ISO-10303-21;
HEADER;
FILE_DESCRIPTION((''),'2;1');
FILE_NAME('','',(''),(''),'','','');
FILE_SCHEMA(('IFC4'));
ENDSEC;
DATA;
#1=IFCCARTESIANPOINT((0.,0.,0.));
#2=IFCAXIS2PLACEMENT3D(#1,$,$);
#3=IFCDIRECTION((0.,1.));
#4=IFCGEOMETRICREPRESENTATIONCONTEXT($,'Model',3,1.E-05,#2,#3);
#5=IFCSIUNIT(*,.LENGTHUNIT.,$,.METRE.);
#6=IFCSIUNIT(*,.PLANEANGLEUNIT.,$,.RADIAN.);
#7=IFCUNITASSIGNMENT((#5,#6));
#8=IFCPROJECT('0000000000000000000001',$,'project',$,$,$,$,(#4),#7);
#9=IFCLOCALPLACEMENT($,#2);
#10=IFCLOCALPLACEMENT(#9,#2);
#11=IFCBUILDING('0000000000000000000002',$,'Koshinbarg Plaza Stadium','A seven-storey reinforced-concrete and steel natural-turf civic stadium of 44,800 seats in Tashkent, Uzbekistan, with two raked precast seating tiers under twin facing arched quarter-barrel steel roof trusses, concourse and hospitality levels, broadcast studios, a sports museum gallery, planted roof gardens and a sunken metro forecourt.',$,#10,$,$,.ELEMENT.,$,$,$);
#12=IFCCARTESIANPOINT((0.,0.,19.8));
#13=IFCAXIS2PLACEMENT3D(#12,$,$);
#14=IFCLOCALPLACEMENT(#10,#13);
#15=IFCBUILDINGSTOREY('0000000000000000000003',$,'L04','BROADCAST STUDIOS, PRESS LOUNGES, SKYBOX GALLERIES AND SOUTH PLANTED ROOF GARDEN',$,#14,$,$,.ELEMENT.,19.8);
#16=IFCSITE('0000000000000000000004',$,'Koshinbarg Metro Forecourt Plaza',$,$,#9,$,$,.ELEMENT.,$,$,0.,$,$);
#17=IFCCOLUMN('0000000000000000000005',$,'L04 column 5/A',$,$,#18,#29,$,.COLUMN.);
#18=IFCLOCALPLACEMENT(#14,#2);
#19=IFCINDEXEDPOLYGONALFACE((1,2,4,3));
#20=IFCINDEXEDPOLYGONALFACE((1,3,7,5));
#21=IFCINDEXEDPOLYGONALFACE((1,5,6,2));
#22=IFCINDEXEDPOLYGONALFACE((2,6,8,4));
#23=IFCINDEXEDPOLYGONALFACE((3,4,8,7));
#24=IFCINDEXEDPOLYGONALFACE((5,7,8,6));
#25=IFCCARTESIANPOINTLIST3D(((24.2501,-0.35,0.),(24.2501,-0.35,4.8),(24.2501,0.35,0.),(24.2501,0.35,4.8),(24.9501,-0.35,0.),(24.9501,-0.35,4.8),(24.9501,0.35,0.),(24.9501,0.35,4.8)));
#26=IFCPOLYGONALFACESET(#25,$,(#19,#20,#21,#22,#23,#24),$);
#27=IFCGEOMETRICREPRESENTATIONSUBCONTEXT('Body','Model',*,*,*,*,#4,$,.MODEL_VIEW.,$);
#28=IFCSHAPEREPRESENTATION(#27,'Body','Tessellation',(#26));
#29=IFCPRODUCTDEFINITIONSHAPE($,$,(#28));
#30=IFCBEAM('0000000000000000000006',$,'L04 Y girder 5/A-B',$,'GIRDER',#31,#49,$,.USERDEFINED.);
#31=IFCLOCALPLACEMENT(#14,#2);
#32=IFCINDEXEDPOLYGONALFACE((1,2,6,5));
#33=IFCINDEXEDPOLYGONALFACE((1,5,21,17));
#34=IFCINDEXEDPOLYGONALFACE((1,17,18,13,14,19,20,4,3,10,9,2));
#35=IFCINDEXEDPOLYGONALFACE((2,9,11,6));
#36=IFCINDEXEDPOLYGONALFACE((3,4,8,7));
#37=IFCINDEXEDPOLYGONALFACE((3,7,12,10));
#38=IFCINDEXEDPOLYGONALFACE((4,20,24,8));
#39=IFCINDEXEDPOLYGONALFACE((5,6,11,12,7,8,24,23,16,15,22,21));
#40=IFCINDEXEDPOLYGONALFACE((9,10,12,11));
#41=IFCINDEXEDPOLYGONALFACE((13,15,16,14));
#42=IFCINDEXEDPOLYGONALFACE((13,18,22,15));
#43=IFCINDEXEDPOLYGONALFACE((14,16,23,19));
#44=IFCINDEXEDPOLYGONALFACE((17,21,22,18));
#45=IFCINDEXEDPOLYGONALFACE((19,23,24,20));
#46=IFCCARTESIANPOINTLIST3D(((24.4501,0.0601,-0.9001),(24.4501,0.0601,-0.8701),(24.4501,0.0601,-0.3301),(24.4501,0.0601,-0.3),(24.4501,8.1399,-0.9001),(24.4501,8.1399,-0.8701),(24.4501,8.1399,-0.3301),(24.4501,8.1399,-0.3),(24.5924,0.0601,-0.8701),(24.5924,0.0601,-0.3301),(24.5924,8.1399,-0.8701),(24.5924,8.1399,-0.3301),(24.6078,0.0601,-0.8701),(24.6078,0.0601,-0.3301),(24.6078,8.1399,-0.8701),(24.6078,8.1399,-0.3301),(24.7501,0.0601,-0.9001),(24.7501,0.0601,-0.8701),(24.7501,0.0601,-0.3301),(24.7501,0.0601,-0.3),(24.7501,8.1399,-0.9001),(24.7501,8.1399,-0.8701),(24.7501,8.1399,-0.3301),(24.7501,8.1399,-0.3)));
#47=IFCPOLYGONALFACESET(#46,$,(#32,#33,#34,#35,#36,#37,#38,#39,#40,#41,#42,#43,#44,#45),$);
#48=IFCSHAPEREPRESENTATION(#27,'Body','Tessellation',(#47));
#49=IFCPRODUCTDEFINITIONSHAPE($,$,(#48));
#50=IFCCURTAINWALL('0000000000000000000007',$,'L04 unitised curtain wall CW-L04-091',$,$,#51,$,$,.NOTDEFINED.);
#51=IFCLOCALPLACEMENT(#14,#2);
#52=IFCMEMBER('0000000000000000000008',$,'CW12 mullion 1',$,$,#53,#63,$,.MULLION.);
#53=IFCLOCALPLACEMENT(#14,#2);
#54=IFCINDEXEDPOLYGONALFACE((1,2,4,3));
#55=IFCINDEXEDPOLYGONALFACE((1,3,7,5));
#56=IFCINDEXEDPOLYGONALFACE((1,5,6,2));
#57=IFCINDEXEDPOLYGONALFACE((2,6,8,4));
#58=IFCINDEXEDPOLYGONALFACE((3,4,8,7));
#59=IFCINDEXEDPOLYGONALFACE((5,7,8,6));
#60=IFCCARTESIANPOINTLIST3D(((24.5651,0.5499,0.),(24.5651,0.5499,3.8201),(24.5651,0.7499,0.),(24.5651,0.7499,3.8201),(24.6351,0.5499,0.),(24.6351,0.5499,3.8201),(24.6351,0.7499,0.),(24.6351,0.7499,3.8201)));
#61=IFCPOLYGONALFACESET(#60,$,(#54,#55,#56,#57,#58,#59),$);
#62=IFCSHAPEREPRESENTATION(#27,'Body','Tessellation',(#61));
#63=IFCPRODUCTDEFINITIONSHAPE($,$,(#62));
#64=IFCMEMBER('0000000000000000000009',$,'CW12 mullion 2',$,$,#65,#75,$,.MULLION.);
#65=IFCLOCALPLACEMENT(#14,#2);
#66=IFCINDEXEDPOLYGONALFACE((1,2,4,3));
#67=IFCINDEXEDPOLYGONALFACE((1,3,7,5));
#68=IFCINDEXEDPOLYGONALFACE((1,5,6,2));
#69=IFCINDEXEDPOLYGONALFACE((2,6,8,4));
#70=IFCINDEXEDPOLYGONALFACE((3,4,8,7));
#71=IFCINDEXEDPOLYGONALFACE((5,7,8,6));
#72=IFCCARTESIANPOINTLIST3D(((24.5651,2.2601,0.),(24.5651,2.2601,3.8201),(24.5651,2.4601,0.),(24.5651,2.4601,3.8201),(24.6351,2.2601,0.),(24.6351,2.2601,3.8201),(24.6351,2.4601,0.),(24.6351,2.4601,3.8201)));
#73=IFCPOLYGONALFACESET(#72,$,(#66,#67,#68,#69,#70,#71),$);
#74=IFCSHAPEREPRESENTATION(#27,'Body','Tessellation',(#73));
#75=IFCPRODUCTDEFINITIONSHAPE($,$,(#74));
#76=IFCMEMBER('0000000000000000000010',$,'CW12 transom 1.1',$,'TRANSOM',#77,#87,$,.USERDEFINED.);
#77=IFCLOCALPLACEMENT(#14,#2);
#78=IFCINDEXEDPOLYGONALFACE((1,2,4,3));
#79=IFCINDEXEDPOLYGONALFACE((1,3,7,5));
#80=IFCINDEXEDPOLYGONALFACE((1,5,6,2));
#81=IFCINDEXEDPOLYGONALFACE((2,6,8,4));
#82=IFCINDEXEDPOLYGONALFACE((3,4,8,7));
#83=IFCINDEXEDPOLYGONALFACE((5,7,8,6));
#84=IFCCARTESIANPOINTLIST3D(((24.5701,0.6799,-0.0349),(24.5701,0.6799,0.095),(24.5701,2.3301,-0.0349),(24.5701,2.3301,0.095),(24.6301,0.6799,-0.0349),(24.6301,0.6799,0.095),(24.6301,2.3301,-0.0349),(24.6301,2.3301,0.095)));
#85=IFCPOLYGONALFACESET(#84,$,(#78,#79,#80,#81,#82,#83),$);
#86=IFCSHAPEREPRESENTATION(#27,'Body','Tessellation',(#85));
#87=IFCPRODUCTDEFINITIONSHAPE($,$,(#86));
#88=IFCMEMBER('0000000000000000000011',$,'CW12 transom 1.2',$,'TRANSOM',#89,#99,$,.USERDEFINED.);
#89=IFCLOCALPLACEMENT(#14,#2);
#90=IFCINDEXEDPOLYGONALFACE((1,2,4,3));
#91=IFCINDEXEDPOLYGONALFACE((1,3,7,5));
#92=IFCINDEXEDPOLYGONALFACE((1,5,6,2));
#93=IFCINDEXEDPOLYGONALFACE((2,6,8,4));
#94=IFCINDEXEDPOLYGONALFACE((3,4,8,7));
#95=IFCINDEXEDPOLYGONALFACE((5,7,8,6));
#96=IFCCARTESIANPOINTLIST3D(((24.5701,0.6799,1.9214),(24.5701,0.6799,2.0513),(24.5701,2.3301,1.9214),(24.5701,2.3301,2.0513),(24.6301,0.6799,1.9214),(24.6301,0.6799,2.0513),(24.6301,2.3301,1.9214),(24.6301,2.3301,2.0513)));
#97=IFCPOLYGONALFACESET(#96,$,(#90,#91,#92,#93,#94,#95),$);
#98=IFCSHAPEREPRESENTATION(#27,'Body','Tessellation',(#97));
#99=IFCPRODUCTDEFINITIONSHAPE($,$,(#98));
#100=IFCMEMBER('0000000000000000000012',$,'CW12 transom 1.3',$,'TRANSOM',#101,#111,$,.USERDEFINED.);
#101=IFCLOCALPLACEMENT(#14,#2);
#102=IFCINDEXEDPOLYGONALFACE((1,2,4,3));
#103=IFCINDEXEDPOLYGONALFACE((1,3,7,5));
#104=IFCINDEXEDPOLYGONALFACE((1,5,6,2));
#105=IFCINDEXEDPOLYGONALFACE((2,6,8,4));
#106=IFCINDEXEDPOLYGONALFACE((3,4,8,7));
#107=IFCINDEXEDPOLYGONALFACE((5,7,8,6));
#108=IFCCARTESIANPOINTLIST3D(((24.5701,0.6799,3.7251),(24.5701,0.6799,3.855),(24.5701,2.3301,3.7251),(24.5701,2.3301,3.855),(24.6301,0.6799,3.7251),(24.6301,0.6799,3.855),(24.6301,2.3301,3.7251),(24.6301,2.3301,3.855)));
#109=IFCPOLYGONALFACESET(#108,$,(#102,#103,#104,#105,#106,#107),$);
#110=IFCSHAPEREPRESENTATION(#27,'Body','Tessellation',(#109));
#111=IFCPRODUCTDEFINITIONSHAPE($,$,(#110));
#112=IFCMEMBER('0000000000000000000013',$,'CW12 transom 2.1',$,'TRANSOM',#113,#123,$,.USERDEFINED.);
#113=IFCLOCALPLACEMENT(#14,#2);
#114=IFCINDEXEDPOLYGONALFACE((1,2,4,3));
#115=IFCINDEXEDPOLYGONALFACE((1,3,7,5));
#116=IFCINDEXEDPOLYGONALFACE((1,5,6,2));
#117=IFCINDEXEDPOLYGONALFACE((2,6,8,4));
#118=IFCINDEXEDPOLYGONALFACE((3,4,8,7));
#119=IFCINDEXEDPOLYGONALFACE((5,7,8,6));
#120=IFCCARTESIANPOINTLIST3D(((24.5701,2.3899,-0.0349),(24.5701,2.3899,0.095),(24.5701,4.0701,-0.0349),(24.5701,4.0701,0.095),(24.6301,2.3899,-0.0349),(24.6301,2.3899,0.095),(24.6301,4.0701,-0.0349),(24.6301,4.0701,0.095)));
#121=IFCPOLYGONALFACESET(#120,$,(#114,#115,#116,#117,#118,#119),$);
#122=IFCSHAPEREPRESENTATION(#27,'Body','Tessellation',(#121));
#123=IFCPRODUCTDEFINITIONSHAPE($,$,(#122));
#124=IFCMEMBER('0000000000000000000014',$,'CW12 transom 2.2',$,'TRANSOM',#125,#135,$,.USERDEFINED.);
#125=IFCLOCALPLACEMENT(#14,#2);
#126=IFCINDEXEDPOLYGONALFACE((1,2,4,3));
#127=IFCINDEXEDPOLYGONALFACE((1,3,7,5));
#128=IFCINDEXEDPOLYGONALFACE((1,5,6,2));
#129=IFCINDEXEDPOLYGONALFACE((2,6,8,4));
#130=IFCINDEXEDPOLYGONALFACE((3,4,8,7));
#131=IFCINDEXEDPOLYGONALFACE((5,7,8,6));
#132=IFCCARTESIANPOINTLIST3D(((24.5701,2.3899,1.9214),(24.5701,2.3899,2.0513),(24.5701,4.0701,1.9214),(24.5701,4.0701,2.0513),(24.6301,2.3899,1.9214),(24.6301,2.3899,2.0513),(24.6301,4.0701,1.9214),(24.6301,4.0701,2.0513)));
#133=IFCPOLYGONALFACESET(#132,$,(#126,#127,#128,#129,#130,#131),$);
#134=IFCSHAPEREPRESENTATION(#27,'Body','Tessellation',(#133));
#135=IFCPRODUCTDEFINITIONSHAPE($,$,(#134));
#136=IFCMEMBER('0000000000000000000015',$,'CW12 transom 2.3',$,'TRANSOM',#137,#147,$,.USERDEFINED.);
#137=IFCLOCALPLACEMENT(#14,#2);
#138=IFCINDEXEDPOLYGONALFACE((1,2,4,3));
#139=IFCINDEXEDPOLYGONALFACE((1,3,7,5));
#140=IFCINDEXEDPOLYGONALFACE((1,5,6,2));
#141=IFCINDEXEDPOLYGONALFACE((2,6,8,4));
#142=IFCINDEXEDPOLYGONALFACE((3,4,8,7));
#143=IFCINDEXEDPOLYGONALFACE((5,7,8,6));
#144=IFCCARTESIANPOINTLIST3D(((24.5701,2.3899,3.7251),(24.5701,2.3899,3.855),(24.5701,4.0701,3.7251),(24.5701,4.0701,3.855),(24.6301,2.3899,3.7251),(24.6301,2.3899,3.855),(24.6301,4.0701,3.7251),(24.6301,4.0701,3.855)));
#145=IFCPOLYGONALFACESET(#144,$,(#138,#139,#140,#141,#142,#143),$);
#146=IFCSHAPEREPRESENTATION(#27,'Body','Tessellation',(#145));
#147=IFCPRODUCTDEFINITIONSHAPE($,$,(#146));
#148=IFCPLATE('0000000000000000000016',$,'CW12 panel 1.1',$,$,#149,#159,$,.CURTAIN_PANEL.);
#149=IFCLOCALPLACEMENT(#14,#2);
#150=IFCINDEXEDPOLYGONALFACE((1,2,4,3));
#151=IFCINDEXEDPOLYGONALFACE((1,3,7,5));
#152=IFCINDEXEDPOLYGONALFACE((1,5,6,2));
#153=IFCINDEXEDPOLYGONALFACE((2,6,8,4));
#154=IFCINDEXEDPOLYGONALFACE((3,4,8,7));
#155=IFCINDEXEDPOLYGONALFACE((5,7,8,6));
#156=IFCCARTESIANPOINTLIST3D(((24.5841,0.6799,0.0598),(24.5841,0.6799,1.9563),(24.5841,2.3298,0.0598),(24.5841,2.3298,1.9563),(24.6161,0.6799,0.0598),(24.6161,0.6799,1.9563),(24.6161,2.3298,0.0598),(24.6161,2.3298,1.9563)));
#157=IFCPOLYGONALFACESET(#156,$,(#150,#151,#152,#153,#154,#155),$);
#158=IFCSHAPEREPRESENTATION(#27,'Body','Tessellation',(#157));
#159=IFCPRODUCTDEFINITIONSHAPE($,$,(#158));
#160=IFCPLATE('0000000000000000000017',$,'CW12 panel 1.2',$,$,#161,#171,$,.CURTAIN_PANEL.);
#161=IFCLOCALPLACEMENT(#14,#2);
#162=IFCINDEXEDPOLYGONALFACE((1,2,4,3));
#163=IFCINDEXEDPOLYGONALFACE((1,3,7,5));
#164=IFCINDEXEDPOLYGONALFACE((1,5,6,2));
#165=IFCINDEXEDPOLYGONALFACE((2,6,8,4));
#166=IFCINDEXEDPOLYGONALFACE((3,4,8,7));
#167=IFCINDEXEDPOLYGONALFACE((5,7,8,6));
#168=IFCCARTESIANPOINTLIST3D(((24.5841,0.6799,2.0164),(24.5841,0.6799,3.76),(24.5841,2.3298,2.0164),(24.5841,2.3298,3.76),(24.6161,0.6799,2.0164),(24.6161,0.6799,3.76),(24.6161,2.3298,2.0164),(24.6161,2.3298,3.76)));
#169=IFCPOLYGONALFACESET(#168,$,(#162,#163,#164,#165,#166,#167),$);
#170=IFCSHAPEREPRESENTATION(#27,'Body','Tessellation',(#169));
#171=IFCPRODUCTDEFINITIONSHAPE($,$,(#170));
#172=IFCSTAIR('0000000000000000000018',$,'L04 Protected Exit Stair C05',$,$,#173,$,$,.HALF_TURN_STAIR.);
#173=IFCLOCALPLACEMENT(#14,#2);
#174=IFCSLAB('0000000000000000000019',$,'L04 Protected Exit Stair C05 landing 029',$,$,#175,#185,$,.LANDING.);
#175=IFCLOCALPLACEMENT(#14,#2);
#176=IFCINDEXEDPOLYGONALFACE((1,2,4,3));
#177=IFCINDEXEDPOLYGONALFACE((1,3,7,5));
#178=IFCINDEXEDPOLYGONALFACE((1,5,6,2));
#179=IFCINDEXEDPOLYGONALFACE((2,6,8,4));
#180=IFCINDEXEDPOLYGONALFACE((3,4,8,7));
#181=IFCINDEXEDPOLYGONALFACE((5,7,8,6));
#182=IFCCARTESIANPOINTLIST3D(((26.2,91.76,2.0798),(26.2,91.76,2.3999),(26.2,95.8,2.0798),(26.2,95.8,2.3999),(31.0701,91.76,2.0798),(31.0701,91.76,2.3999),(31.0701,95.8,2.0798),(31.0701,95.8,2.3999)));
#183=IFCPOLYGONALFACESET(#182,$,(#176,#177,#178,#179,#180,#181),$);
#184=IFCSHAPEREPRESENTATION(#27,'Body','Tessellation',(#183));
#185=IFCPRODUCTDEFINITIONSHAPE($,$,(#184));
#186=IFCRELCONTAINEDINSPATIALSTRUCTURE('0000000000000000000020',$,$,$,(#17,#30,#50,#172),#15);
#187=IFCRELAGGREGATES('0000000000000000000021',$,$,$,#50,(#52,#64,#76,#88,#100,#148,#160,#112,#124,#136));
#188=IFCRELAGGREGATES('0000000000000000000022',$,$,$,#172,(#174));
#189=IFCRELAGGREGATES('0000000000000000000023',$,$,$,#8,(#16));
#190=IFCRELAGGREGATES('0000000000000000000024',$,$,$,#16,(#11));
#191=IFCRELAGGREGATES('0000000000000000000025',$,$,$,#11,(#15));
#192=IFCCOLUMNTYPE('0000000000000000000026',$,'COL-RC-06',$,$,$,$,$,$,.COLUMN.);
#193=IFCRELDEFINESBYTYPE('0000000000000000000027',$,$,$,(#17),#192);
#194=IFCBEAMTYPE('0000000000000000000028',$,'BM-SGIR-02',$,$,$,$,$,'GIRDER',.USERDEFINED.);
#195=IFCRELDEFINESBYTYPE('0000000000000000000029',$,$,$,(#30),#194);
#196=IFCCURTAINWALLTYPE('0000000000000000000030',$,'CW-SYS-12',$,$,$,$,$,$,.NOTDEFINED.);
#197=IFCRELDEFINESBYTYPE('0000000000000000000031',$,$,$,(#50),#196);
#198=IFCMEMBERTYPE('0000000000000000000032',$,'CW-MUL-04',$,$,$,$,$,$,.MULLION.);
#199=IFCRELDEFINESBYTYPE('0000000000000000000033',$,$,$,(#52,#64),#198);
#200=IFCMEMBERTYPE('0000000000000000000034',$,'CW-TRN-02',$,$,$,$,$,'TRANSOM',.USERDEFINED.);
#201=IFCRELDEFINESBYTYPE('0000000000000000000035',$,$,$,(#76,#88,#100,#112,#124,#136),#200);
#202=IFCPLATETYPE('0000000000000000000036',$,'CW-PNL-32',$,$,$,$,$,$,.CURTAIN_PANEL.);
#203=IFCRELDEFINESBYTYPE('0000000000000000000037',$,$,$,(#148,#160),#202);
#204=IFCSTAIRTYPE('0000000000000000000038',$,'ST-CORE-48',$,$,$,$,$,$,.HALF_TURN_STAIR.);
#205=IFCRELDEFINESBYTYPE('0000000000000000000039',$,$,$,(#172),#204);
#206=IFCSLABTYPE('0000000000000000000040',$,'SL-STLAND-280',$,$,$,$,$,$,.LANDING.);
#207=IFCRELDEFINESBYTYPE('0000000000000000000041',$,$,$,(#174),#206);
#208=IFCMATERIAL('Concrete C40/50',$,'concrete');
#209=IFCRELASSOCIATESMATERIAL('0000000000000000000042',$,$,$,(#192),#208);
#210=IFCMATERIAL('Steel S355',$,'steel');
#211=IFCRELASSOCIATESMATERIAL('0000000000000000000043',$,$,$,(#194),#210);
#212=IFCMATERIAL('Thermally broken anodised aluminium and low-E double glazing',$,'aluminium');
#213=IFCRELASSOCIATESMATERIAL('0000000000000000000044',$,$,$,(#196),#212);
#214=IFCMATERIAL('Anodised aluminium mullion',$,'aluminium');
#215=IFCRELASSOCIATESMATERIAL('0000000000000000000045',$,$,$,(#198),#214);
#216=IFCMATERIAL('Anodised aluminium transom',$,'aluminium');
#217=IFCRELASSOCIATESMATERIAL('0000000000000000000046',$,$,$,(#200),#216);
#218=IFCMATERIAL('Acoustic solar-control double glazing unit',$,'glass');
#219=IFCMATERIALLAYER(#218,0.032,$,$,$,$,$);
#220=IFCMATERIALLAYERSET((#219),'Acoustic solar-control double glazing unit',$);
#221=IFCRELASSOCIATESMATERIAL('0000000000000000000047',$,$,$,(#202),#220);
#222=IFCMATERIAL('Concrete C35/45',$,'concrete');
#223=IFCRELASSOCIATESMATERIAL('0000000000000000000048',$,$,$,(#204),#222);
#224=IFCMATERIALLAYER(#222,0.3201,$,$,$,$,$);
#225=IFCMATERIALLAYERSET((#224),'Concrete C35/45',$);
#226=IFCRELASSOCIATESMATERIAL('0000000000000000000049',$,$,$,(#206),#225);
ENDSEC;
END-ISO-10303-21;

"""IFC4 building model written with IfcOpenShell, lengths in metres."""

from ifc_helpers import new_model, si_unit, direction, frame, origin, origin_2d, place, context, subcontext, project, spatial, polyline, rectangle, i_section, outline, extrude, material, layer, layer_set, material_profile, profile_set, type_object, element, aggregate, save


model = new_model("IFC4")

# Units and contexts
model_context = context("Model", 3, precision=1e-05, world=origin(), true_north=direction((0.0, 1.0)))
body_context = subcontext(model_context, "Body", "Model", "MODEL_VIEW")
ifc_project = project(units=[si_unit("LENGTHUNIT", "METRE"), si_unit("PLANEANGLEUNIT", "RADIAN")], contexts=[model_context])

# Site, building, storey
site_placement = place(None, origin())
site = spatial("IfcSite", under=ifc_project, at=site_placement, Name="Koshinbarg Metro Forecourt Plaza", CompositionType="ELEMENT", RefElevation=0.0)
building_placement = place(site_placement, origin())
building = spatial("IfcBuilding", under=site, at=building_placement, Name="Koshinbarg Plaza Stadium", Description="A seven-storey reinforced-concrete and steel natural-turf civic stadium of 44,800 seats in Tashkent, Uzbekistan, with two raked precast seating tiers under twin facing arched quarter-barrel steel roof trusses, concourse and hospitality levels, broadcast studios, a sports museum gallery, planted roof gardens and a sunken metro forecourt.", CompositionType="ELEMENT")
storey_placement = place(building_placement, frame((0.0, 0.0, 19.8)))
storey = spatial("IfcBuildingStorey", under=building, at=storey_placement, Name="L04", Description="BROADCAST STUDIOS, PRESS LOUNGES, SKYBOX GALLERIES AND SOUTH PLANTED ROOF GARDEN", CompositionType="ELEMENT", Elevation=19.8)

# Column
ifc_material_1 = material(Name="Concrete C40/50", Category="concrete")
ifc_material_profile_1 = material_profile(ifc_material_1, rectangle(XDim=0.7, YDim=0.7, at=origin_2d()), Name="RC 700x700")
ifc_profile_set_1 = profile_set([ifc_material_profile_1], Name="Concrete C40/50")
column_type = type_object("IfcColumnType", Name="COL-RC-06", PredefinedType="COLUMN", material=ifc_profile_set_1)
column_placement = place(storey_placement, frame((24.6001, 0.0, 0.0), z_axis=(0.0, 0.0, 1.0), x_axis=(1.0, 0.0, 0.0)))
element("IfcColumn", 1, at=column_placement, inside=storey, type_object=column_type, Name="L04 column 5/A", PredefinedType="COLUMN", context=body_context, shape_type="SweptSolid", body=[
    extrude(rectangle(XDim=0.7, YDim=0.7, at=origin_2d()), origin(), (0.0, 0.0, 1.0), 4.8),
])

# Beam
ifc_material_2 = material(Name="Steel S355", Category="steel")
ifc_material_profile_2 = material_profile(ifc_material_2, i_section(OverallWidth=0.3, OverallDepth=0.6001, WebThickness=0.0154, FlangeThickness=0.03, at=origin_2d()), Name="HEB 600")
ifc_profile_set_2 = profile_set([ifc_material_profile_2], Name="Steel S355")
beam_type = type_object("IfcBeamType", Name="BM-SGIR-02", ElementType="GIRDER", PredefinedType="USERDEFINED", material=ifc_profile_set_2)
beam_placement = place(storey_placement, frame((24.6001, 0.0601, -0.6001), z_axis=(0.0, 1.0, 0.0), x_axis=(-1.0, 0.0, 0.0)))
element("IfcBeam", 2, at=beam_placement, inside=storey, type_object=beam_type, Name="L04 Y girder 5/A-B", ObjectType="GIRDER", PredefinedType="USERDEFINED", context=body_context, shape_type="SweptSolid", body=[
    extrude(i_section(OverallWidth=0.3, OverallDepth=0.6001, WebThickness=0.0154, FlangeThickness=0.03, at=origin_2d()), origin(), (0.0, 0.0, 1.0), 8.0798),
])

# Curtain wall, members, plates
ifc_material_3 = material(Name="Thermally broken anodised aluminium and low-E double glazing", Category="aluminium")
curtain_wall_type = type_object("IfcCurtainWallType", Name="CW-SYS-12", PredefinedType="NOTDEFINED", material=ifc_material_3)
curtain_wall_placement = place(storey_placement, origin())
curtain_wall = element("IfcCurtainWall", 3, at=curtain_wall_placement, inside=storey, type_object=curtain_wall_type, Name="L04 unitised curtain wall CW-L04-091", PredefinedType="NOTDEFINED")
ifc_material_4 = material(Name="Anodised aluminium mullion", Category="aluminium")
ifc_material_profile_3 = material_profile(ifc_material_4, rectangle(XDim=0.0701, YDim=0.2, at=origin_2d()), Name="ALU 70x200")
ifc_profile_set_3 = profile_set([ifc_material_profile_3], Name="Anodised aluminium mullion")
member_type_1 = type_object("IfcMemberType", Name="CW-MUL-04", PredefinedType="MULLION", material=ifc_profile_set_3)
member_1_placement = place(storey_placement, frame((24.6001, 0.6499, 0.0), z_axis=(0.0, 0.0, 1.0), x_axis=(-1.0, 0.0, 0.0)))
member_1 = element("IfcMember", 4, at=member_1_placement, type_object=member_type_1, Name="CW12 mullion 1", PredefinedType="MULLION", context=body_context, shape_type="SweptSolid", body=[
    extrude(rectangle(XDim=0.0701, YDim=0.2, at=origin_2d()), origin(), (0.0, 0.0, 1.0), 3.8201),
])
member_2_placement = place(storey_placement, frame((24.6001, 2.3601, 0.0), z_axis=(0.0, 0.0, 1.0), x_axis=(-1.0, 0.0, 0.0)))
member_2 = element("IfcMember", 5, at=member_2_placement, type_object=member_type_1, Name="CW12 mullion 2", PredefinedType="MULLION", context=body_context, shape_type="SweptSolid", body=[
    extrude(rectangle(XDim=0.0701, YDim=0.2, at=origin_2d()), origin(), (0.0, 0.0, 1.0), 3.8201),
])
ifc_material_5 = material(Name="Anodised aluminium transom", Category="aluminium")
ifc_material_profile_4 = material_profile(ifc_material_5, rectangle(XDim=0.0601, YDim=0.1299, at=origin_2d()), Name="ALU 60x130")
ifc_profile_set_4 = profile_set([ifc_material_profile_4], Name="Anodised aluminium transom")
member_type_2 = type_object("IfcMemberType", Name="CW-TRN-02", ElementType="TRANSOM", PredefinedType="USERDEFINED", material=ifc_profile_set_4)
member_3_placement = place(storey_placement, frame((24.6001, 0.6799, 0.03), z_axis=(0.0, 1.0, 0.0), x_axis=(-1.0, 0.0, 0.0)))
member_3 = element("IfcMember", 6, at=member_3_placement, type_object=member_type_2, Name="CW12 transom 1.1", ObjectType="TRANSOM", PredefinedType="USERDEFINED", context=body_context, shape_type="SweptSolid", body=[
    extrude(rectangle(XDim=0.0601, YDim=0.1299, at=origin_2d()), origin(), (0.0, 0.0, 1.0), 1.6501),
])
member_4_placement = place(storey_placement, frame((24.6001, 0.6799, 1.9863), z_axis=(0.0, 1.0, 0.0), x_axis=(-1.0, 0.0, 0.0)))
member_4 = element("IfcMember", 7, at=member_4_placement, type_object=member_type_2, Name="CW12 transom 1.2", ObjectType="TRANSOM", PredefinedType="USERDEFINED", context=body_context, shape_type="SweptSolid", body=[
    extrude(rectangle(XDim=0.0601, YDim=0.1299, at=origin_2d()), origin(), (0.0, 0.0, 1.0), 1.6501),
])
member_5_placement = place(storey_placement, frame((24.6001, 0.6799, 3.79), z_axis=(0.0, 1.0, 0.0), x_axis=(-1.0, 0.0, 0.0)))
member_5 = element("IfcMember", 8, at=member_5_placement, type_object=member_type_2, Name="CW12 transom 1.3", ObjectType="TRANSOM", PredefinedType="USERDEFINED", context=body_context, shape_type="SweptSolid", body=[
    extrude(rectangle(XDim=0.0601, YDim=0.1299, at=origin_2d()), origin(), (0.0, 0.0, 1.0), 1.6501),
])
member_6_placement = place(storey_placement, frame((24.6001, 2.3899, 0.03), z_axis=(0.0, 1.0, 0.0), x_axis=(-1.0, 0.0, 0.0)))
member_6 = element("IfcMember", 9, at=member_6_placement, type_object=member_type_2, Name="CW12 transom 2.1", ObjectType="TRANSOM", PredefinedType="USERDEFINED", context=body_context, shape_type="SweptSolid", body=[
    extrude(rectangle(XDim=0.0601, YDim=0.1299, at=origin_2d()), origin(), (0.0, 0.0, 1.0), 1.6802),
])
member_7_placement = place(storey_placement, frame((24.6001, 2.3899, 1.9863), z_axis=(0.0, 1.0, 0.0), x_axis=(-1.0, 0.0, 0.0)))
member_7 = element("IfcMember", 10, at=member_7_placement, type_object=member_type_2, Name="CW12 transom 2.2", ObjectType="TRANSOM", PredefinedType="USERDEFINED", context=body_context, shape_type="SweptSolid", body=[
    extrude(rectangle(XDim=0.0601, YDim=0.1299, at=origin_2d()), origin(), (0.0, 0.0, 1.0), 1.6802),
])
member_8_placement = place(storey_placement, frame((24.6001, 2.3899, 3.79), z_axis=(0.0, 1.0, 0.0), x_axis=(-1.0, 0.0, 0.0)))
member_8 = element("IfcMember", 11, at=member_8_placement, type_object=member_type_2, Name="CW12 transom 2.3", ObjectType="TRANSOM", PredefinedType="USERDEFINED", context=body_context, shape_type="SweptSolid", body=[
    extrude(rectangle(XDim=0.0601, YDim=0.1299, at=origin_2d()), origin(), (0.0, 0.0, 1.0), 1.6802),
])
ifc_material_6 = material(Name="Acoustic solar-control double glazing unit", Category="glass")
ifc_layer_1 = layer(ifc_material_6, 0.032)
ifc_layer_set_1 = layer_set([ifc_layer_1], Name="Acoustic solar-control double glazing unit")
plate_type = type_object("IfcPlateType", Name="CW-PNL-32", PredefinedType="CURTAIN_PANEL", material=ifc_layer_set_1)
plate_1_placement = place(storey_placement, frame((24.6001, 1.5049, 0.0598), z_axis=(0.0, 0.0, 1.0), x_axis=(0.0, 1.0, 0.0)))
plate_1 = element("IfcPlate", 12, at=plate_1_placement, type_object=plate_type, Name="CW12 panel 1.1", PredefinedType="CURTAIN_PANEL", context=body_context, shape_type="SweptSolid", body=[
    extrude(rectangle(XDim=1.6499, YDim=0.032, at=origin_2d()), origin(), (0.0, 0.0, 1.0), 1.8965),
])
plate_2_placement = place(storey_placement, frame((24.6001, 1.5049, 2.0164), z_axis=(0.0, 0.0, 1.0), x_axis=(0.0, 1.0, 0.0)))
plate_2 = element("IfcPlate", 13, at=plate_2_placement, type_object=plate_type, Name="CW12 panel 1.2", PredefinedType="CURTAIN_PANEL", context=body_context, shape_type="SweptSolid", body=[
    extrude(rectangle(XDim=1.6499, YDim=0.032, at=origin_2d()), origin(), (0.0, 0.0, 1.0), 1.7437),
])
aggregate(curtain_wall, [member_1, member_2, member_3, member_4, member_5, plate_1, plate_2, member_6, member_7, member_8])

# Stair, slab
ifc_material_7 = material(Name="Concrete C35/45", Category="concrete")
stair_type = type_object("IfcStairType", Name="ST-CORE-48", PredefinedType="HALF_TURN_STAIR", material=ifc_material_7)
stair_1_placement = place(storey_placement, origin())
stair_1 = element("IfcStair", 14, at=stair_1_placement, inside=storey, type_object=stair_type, Name="L04 Protected Exit Stair C05", PredefinedType="HALF_TURN_STAIR")
ifc_layer_2 = layer(ifc_material_7, 0.3201)
ifc_layer_set_2 = layer_set([ifc_layer_2], Name="Concrete C35/45")
slab_type = type_object("IfcSlabType", Name="SL-STLAND-280", PredefinedType="LANDING", material=ifc_layer_set_2)
slab_1_placement = place(storey_placement, frame((0.0, 0.0, 2.0798)))
slab_1 = element("IfcSlab", 15, at=slab_1_placement, type_object=slab_type, Name="L04 Protected Exit Stair C05 landing 029", PredefinedType="LANDING", context=body_context, shape_type="SweptSolid", body=[
    extrude(outline(polyline([(31.0701, 91.76), (31.0701, 95.8), (26.2, 95.8), (26.2, 91.76), (31.0701, 91.76)])), origin(), (0.0, 0.0, 1.0), 0.3201),
])
aggregate(stair_1, [slab_1])

save(model, "model.ifc")
